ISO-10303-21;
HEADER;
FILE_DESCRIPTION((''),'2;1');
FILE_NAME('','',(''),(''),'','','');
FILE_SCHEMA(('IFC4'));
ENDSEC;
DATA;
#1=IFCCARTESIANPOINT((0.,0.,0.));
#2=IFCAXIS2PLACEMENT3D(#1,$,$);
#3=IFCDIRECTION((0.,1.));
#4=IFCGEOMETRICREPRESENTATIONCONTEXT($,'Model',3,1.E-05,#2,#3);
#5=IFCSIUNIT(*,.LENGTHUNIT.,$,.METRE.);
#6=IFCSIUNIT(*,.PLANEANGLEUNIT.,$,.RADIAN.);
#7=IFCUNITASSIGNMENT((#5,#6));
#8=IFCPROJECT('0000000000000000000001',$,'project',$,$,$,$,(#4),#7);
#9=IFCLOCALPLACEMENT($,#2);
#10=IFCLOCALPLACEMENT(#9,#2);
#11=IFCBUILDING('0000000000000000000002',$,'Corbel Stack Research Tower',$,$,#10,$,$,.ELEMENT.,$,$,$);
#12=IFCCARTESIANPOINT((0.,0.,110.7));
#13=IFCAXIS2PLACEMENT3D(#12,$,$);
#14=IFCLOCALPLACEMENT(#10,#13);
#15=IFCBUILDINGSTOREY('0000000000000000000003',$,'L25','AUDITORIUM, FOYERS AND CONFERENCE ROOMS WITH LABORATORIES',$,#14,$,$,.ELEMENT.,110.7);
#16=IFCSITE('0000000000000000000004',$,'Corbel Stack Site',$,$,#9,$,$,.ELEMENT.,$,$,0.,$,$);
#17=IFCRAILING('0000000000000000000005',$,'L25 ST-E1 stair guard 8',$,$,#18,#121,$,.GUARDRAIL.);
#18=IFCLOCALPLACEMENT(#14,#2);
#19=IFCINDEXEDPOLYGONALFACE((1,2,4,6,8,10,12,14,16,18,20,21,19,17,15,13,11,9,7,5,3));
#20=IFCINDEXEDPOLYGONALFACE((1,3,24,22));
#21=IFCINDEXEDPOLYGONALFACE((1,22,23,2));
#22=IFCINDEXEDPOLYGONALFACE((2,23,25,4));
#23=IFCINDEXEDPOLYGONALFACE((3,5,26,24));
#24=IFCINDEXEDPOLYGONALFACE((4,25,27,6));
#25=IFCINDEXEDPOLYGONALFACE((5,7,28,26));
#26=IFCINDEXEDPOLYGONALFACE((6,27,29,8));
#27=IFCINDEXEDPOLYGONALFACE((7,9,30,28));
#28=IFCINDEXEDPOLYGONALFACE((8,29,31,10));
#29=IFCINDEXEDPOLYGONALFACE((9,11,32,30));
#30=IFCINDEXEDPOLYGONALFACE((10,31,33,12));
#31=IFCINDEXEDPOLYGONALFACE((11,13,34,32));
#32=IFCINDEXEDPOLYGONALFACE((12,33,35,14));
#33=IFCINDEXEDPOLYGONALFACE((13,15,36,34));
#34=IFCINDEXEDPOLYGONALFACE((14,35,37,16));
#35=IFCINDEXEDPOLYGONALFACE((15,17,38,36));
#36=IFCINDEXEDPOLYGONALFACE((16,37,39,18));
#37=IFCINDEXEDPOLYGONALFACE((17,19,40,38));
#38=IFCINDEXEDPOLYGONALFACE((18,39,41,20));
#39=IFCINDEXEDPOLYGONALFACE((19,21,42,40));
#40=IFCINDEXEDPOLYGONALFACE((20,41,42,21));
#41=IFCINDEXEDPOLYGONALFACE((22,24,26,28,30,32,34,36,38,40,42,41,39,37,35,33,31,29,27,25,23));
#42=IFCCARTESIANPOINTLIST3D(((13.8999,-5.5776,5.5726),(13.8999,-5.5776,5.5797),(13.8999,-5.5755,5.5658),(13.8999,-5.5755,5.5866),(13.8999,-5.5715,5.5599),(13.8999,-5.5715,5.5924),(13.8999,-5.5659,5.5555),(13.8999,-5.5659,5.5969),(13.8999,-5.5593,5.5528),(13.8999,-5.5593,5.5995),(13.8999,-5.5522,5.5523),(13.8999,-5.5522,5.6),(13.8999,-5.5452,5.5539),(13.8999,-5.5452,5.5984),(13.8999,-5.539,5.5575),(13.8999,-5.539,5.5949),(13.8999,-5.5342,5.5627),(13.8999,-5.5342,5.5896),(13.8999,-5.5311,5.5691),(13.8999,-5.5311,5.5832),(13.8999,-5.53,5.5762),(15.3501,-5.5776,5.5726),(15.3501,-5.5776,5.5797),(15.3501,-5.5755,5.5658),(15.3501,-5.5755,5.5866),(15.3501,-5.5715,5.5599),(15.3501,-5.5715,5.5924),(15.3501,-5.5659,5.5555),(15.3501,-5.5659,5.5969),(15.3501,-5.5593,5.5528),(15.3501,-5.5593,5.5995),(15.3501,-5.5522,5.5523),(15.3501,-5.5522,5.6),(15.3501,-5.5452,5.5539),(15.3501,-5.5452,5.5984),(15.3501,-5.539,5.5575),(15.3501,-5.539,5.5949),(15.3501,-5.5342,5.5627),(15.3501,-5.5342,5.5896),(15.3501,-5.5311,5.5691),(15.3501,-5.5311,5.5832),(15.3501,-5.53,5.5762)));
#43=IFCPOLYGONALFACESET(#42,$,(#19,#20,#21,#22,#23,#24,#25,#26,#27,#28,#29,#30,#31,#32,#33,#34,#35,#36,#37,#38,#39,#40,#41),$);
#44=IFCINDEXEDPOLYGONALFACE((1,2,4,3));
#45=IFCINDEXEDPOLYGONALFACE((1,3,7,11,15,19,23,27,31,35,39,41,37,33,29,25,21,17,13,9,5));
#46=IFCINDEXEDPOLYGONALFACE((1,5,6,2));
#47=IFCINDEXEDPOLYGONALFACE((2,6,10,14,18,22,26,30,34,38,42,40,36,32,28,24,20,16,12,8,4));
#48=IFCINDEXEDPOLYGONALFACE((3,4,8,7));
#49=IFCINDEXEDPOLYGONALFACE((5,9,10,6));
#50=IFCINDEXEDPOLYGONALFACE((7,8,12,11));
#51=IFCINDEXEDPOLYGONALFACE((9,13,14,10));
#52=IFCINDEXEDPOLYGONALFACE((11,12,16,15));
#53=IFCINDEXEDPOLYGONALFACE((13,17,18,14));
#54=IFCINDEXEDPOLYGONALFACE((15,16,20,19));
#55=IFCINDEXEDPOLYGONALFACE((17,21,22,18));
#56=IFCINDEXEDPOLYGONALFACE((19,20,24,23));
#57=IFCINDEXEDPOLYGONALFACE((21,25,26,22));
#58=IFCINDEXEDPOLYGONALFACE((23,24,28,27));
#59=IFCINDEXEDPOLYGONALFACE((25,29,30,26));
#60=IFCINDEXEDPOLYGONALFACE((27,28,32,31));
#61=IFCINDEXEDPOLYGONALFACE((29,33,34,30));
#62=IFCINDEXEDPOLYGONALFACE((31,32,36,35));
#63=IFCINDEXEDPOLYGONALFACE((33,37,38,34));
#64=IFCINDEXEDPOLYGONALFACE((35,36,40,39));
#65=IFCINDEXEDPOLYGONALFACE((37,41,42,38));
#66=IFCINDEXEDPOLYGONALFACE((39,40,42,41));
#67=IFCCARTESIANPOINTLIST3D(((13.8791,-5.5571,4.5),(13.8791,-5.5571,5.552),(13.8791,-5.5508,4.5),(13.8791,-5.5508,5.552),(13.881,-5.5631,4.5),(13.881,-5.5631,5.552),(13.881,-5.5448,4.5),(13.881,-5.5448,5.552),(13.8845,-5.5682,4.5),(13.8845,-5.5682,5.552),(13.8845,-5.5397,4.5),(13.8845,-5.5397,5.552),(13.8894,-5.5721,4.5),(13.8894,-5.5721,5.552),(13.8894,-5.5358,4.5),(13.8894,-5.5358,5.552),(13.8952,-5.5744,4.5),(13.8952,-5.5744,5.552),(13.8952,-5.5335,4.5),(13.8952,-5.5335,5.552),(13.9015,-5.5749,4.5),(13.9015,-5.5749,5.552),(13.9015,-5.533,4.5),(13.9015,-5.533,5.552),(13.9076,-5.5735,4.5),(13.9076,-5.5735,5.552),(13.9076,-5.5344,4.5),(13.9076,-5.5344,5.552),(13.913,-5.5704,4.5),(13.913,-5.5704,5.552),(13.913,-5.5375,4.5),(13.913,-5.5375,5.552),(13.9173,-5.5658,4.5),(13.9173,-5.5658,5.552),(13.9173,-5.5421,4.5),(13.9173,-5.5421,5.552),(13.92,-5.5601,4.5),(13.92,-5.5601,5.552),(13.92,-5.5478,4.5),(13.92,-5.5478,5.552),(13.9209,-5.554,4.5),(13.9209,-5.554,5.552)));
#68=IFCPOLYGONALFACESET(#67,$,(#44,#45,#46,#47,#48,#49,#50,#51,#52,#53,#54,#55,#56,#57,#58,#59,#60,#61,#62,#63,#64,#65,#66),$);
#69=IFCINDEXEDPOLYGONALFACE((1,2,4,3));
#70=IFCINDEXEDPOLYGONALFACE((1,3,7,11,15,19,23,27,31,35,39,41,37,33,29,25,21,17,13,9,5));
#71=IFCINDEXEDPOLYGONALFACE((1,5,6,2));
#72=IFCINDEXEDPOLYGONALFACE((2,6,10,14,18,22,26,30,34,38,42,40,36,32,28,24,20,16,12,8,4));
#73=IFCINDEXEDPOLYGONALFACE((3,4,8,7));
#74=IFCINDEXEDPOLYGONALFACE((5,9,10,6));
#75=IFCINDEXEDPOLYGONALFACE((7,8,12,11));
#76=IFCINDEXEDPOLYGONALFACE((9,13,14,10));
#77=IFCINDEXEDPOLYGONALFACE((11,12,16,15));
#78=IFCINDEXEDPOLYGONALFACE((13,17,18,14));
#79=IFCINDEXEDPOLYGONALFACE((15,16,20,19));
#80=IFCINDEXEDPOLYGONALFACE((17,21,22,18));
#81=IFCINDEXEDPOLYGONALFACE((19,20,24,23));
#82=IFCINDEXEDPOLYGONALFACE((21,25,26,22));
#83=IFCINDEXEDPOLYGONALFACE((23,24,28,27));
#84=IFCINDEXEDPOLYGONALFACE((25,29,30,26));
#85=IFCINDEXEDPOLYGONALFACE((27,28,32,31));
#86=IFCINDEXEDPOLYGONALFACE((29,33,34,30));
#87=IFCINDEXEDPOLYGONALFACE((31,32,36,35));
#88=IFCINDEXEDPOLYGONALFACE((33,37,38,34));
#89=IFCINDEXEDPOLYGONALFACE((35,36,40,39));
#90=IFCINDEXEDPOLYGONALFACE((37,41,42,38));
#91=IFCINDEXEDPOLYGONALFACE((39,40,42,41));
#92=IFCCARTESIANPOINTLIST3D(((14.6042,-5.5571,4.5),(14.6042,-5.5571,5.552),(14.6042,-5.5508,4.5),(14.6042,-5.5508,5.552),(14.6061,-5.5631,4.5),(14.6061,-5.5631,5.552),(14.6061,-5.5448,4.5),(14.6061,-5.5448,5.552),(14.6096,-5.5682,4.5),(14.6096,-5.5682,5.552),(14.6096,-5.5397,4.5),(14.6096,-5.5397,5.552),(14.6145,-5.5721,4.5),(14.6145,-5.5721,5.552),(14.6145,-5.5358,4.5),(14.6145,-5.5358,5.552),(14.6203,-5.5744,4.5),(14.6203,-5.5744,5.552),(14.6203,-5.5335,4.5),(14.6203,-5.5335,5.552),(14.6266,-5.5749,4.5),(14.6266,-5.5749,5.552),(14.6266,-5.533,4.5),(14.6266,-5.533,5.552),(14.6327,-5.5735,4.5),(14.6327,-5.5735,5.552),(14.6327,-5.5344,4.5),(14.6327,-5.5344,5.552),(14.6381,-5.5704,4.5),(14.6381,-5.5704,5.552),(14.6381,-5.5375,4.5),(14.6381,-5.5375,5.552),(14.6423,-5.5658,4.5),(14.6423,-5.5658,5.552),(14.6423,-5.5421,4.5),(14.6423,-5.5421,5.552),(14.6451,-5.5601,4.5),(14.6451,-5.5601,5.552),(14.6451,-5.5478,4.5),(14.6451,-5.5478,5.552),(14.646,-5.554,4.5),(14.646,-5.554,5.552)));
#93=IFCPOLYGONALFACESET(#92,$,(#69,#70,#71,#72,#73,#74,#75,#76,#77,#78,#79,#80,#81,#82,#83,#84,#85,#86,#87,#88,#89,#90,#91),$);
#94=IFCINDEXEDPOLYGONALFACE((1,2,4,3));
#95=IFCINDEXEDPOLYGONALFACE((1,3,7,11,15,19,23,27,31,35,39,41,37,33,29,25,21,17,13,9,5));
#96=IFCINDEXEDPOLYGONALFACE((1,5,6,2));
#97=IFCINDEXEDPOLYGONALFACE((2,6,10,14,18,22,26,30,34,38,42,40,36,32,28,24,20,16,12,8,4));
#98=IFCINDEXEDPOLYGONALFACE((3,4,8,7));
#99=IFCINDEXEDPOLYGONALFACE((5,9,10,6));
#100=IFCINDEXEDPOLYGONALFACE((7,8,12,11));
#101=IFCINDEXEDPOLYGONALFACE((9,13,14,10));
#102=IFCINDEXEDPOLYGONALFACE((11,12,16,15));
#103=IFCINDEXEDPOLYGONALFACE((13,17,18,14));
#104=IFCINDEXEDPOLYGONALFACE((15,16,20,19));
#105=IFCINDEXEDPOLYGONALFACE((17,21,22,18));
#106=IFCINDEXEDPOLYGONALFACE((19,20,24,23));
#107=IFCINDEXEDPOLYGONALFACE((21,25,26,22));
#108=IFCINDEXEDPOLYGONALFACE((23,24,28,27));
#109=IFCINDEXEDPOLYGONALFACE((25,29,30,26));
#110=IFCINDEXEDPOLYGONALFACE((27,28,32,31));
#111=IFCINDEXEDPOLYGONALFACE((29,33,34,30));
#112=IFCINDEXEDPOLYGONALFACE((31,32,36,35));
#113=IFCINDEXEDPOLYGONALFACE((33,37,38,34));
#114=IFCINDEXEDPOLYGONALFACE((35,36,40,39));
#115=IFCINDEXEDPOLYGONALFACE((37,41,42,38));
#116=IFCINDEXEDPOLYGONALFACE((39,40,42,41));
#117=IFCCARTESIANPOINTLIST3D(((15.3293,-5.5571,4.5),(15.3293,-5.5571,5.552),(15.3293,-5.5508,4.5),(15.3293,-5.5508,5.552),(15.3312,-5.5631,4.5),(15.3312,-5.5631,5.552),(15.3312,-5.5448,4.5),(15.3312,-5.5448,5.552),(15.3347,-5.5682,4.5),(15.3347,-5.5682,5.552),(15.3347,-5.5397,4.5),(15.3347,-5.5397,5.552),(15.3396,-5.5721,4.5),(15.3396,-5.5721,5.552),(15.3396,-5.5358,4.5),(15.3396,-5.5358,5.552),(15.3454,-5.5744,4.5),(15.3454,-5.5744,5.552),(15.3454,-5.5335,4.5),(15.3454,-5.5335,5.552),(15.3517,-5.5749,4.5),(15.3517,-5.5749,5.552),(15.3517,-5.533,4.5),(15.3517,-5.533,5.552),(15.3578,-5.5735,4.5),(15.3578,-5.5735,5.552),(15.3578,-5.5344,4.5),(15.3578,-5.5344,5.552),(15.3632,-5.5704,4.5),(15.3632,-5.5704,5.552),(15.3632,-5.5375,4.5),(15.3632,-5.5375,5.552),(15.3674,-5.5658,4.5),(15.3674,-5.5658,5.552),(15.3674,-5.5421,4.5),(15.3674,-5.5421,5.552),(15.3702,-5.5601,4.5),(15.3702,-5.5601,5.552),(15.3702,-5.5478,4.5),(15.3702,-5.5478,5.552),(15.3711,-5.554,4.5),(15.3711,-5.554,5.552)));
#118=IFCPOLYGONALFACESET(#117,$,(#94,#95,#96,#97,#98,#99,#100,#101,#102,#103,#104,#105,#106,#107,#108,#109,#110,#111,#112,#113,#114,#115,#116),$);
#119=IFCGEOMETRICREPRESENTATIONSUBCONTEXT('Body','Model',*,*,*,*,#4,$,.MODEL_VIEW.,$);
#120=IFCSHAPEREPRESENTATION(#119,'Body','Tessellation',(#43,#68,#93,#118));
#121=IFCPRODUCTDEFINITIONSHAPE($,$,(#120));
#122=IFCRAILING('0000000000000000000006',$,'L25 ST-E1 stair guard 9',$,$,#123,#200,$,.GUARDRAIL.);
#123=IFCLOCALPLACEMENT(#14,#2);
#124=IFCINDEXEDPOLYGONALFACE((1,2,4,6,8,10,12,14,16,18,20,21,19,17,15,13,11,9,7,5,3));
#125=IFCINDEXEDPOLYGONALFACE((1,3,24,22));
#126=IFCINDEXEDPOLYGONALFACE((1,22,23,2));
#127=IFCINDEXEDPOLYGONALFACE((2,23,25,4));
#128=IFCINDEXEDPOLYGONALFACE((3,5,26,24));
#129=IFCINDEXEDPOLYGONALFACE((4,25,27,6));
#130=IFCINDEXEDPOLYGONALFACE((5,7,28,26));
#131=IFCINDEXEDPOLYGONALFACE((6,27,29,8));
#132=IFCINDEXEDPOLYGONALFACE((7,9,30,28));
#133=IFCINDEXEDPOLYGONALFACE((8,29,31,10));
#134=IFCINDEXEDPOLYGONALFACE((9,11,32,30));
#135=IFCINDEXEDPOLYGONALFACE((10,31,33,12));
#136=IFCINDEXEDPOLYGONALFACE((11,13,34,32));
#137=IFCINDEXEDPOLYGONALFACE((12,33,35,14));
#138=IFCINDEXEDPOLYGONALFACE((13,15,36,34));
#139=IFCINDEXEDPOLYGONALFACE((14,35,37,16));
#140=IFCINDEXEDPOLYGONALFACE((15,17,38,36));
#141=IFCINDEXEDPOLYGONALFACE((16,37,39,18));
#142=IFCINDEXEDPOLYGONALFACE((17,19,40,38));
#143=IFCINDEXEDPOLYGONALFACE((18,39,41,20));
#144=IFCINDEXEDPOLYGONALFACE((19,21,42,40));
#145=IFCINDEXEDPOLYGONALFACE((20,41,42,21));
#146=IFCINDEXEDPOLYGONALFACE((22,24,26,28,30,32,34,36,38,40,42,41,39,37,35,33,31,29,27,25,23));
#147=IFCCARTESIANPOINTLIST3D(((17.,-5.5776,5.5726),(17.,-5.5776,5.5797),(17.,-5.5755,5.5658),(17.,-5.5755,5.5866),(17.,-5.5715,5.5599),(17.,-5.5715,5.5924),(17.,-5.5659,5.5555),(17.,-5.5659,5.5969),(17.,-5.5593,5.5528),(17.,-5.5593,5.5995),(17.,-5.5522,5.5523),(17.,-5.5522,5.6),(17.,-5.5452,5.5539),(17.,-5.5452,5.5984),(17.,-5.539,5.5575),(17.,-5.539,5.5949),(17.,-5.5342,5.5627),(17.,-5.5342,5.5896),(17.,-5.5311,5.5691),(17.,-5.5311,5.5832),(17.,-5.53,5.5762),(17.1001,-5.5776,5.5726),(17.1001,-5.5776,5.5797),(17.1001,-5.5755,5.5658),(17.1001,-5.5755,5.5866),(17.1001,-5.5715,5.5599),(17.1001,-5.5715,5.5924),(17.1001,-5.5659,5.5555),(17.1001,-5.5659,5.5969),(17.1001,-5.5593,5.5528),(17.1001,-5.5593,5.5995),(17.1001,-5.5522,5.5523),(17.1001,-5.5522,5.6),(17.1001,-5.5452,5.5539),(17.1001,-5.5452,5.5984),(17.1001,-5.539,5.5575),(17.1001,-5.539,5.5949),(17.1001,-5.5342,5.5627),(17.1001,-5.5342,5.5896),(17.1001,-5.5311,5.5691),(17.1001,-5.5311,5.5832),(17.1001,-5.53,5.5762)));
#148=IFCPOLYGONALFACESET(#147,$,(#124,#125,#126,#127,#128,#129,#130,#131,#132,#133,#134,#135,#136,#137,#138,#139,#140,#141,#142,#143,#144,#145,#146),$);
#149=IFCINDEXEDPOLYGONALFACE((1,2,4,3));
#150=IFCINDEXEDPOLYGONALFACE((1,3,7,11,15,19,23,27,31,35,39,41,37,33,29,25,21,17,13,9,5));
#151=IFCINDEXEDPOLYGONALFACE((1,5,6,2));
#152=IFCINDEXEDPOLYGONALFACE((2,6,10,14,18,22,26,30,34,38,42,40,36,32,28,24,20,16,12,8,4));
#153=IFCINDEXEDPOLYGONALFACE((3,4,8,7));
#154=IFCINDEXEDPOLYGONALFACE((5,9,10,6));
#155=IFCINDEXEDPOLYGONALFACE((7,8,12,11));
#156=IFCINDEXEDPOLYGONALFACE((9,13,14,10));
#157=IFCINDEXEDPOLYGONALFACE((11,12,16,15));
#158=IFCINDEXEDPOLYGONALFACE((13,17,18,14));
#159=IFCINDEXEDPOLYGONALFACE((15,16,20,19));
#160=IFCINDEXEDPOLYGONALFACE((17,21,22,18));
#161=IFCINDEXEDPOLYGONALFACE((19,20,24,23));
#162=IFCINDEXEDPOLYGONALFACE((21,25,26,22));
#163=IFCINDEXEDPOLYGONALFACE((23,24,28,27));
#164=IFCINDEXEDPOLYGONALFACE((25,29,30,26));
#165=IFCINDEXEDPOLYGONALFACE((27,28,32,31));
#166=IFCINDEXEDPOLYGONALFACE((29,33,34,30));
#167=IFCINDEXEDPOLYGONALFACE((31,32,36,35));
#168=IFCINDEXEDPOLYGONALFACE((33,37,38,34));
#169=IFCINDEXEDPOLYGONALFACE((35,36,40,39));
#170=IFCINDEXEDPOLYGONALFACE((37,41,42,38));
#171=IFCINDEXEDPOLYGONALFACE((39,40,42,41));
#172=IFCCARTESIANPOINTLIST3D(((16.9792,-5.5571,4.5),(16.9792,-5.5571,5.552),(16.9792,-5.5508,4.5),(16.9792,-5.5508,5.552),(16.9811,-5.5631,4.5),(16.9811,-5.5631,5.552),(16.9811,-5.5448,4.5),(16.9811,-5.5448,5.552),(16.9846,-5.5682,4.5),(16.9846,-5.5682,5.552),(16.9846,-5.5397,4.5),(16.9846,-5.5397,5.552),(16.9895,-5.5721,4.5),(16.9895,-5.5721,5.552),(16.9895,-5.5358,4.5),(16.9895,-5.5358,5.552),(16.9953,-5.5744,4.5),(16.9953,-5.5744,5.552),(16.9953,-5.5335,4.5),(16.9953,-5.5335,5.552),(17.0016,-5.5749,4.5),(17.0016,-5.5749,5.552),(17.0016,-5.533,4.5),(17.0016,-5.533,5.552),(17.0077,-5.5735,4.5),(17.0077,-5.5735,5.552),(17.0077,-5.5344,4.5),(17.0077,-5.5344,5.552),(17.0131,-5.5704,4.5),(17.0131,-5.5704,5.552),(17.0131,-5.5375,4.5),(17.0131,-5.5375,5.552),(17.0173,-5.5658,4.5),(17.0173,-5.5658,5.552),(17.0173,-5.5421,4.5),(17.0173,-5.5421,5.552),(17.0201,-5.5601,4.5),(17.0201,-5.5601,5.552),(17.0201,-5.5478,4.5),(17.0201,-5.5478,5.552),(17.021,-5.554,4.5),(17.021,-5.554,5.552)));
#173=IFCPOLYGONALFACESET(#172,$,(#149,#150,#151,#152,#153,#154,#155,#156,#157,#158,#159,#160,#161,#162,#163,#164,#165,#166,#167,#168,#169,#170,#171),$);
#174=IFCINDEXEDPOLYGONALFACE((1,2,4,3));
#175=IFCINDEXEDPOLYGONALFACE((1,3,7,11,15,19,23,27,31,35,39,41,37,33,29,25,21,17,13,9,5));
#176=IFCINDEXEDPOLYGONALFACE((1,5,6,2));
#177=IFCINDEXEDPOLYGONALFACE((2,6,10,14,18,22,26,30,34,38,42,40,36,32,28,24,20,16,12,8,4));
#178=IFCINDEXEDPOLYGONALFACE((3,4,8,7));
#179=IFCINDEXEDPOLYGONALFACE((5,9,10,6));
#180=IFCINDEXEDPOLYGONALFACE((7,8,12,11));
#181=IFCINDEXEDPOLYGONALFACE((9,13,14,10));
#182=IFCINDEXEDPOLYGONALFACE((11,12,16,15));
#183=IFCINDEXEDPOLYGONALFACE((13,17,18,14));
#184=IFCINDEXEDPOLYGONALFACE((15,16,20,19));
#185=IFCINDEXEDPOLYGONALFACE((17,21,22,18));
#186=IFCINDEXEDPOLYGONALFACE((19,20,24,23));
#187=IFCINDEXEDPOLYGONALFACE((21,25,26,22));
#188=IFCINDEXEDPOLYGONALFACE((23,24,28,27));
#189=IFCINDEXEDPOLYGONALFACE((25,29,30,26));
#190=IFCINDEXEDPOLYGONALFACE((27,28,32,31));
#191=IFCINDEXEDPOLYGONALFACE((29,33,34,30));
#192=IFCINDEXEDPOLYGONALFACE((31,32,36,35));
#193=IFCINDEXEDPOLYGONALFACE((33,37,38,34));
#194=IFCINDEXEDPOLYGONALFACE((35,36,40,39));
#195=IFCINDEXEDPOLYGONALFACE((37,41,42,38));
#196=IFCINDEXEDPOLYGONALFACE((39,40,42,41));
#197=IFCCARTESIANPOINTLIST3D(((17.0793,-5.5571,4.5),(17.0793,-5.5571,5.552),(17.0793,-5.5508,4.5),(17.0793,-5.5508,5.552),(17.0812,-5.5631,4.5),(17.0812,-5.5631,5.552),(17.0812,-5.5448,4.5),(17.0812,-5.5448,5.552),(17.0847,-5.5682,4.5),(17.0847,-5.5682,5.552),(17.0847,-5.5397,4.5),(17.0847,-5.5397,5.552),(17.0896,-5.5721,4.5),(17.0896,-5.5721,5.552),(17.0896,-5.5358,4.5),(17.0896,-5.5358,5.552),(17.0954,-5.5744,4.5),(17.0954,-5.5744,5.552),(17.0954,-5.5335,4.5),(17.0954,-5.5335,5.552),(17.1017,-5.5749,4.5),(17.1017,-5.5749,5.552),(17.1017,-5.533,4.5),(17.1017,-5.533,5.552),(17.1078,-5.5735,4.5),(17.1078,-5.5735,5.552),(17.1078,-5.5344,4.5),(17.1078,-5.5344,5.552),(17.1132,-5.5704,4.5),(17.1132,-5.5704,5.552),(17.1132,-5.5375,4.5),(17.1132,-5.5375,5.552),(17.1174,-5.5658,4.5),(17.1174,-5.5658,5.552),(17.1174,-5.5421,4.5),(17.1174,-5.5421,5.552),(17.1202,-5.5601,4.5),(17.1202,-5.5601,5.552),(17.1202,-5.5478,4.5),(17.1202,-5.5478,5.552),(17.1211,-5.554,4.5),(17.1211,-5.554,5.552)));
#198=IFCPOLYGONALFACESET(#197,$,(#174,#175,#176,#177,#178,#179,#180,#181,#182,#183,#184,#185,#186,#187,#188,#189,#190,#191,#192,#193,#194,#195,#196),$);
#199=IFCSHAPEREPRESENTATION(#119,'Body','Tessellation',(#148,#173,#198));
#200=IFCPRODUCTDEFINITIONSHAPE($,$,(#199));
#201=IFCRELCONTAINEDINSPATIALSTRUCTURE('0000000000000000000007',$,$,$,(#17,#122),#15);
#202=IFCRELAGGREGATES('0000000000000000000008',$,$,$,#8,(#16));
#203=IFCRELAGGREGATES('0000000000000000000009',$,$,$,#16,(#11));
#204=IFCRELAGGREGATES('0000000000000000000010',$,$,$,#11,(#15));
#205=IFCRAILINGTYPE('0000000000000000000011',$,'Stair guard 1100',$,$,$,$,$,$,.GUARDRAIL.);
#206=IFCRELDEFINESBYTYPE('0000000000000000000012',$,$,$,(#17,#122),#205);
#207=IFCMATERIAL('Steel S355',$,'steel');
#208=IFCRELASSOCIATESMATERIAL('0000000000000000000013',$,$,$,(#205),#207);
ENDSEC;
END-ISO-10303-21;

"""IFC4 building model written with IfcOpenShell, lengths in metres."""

from ifc_helpers import new_model, si_unit, direction, frame, origin, origin_2d, place, context, subcontext, project, spatial, circle, extrude, material, type_object, element, save


model = new_model("IFC4")

# Units and contexts
model_context = context("Model", 3, precision=1e-05, world=origin(), true_north=direction((0.0, 1.0)))
body_context = subcontext(model_context, "Body", "Model", "MODEL_VIEW")
ifc_project = project(units=[si_unit("LENGTHUNIT", "METRE"), si_unit("PLANEANGLEUNIT", "RADIAN")], contexts=[model_context])

# Site, building, storey
site_placement = place(None, origin())
site = spatial("IfcSite", under=ifc_project, at=site_placement, Name="Corbel Stack Site", CompositionType="ELEMENT", RefElevation=0.0)
building_placement = place(site_placement, origin())
building = spatial("IfcBuilding", under=site, at=building_placement, Name="Corbel Stack Research Tower", CompositionType="ELEMENT")
storey_placement = place(building_placement, frame((0.0, 0.0, 110.7)))
storey = spatial("IfcBuildingStorey", under=building, at=storey_placement, Name="L25", Description="AUDITORIUM, FOYERS AND CONFERENCE ROOMS WITH LABORATORIES", CompositionType="ELEMENT", Elevation=110.7)

# Railings
ifc_material_1 = material(Name="Steel S355", Category="steel")
railing_type_1 = type_object("IfcRailingType", Name="Stair guard 1100", PredefinedType="GUARDRAIL", material=ifc_material_1)
railing_1_placement = place(storey_placement, frame((13.8999, -5.554, 4.5)))
element("IfcRailing", 1, at=railing_1_placement, inside=storey, type_object=railing_type_1, Name="L25 ST-E1 stair guard 8", PredefinedType="GUARDRAIL", context=body_context, shape_type="SweptSolid", body=[
    extrude(circle(Radius=0.0239, at=origin_2d()), frame((0.0, 0.0, 1.0762), z_axis=(1.0, 0.0, 0.0), x_axis=(0.0, 1.0, 0.0)), (0.0, 0.0, 1.0), 1.4502),
    extrude(circle(Radius=0.021, at=origin_2d()), origin(), (0.0, 0.0, 1.0), 1.052),
    extrude(circle(Radius=0.021, at=origin_2d()), frame((0.7251, 0.0, 0.0)), (0.0, 0.0, 1.0), 1.052),
    extrude(circle(Radius=0.021, at=origin_2d()), frame((1.4502, 0.0, 0.0)), (0.0, 0.0, 1.0), 1.052),
])
railing_2_placement = place(storey_placement, frame((17.0, -5.554, 4.5)))
element("IfcRailing", 2, at=railing_2_placement, inside=storey, type_object=railing_type_1, Name="L25 ST-E1 stair guard 9", PredefinedType="GUARDRAIL", context=body_context, shape_type="SweptSolid", body=[
    extrude(circle(Radius=0.0239, at=origin_2d()), frame((0.0, 0.0, 1.0762), z_axis=(1.0, 0.0, 0.0), x_axis=(0.0, 1.0, 0.0)), (0.0, 0.0, 1.0), 0.1001),
    extrude(circle(Radius=0.021, at=origin_2d()), origin(), (0.0, 0.0, 1.0), 1.052),
    extrude(circle(Radius=0.021, at=origin_2d()), frame((0.1001, 0.0, 0.0)), (0.0, 0.0, 1.0), 1.052),
])

save(model, "model.ifc")
